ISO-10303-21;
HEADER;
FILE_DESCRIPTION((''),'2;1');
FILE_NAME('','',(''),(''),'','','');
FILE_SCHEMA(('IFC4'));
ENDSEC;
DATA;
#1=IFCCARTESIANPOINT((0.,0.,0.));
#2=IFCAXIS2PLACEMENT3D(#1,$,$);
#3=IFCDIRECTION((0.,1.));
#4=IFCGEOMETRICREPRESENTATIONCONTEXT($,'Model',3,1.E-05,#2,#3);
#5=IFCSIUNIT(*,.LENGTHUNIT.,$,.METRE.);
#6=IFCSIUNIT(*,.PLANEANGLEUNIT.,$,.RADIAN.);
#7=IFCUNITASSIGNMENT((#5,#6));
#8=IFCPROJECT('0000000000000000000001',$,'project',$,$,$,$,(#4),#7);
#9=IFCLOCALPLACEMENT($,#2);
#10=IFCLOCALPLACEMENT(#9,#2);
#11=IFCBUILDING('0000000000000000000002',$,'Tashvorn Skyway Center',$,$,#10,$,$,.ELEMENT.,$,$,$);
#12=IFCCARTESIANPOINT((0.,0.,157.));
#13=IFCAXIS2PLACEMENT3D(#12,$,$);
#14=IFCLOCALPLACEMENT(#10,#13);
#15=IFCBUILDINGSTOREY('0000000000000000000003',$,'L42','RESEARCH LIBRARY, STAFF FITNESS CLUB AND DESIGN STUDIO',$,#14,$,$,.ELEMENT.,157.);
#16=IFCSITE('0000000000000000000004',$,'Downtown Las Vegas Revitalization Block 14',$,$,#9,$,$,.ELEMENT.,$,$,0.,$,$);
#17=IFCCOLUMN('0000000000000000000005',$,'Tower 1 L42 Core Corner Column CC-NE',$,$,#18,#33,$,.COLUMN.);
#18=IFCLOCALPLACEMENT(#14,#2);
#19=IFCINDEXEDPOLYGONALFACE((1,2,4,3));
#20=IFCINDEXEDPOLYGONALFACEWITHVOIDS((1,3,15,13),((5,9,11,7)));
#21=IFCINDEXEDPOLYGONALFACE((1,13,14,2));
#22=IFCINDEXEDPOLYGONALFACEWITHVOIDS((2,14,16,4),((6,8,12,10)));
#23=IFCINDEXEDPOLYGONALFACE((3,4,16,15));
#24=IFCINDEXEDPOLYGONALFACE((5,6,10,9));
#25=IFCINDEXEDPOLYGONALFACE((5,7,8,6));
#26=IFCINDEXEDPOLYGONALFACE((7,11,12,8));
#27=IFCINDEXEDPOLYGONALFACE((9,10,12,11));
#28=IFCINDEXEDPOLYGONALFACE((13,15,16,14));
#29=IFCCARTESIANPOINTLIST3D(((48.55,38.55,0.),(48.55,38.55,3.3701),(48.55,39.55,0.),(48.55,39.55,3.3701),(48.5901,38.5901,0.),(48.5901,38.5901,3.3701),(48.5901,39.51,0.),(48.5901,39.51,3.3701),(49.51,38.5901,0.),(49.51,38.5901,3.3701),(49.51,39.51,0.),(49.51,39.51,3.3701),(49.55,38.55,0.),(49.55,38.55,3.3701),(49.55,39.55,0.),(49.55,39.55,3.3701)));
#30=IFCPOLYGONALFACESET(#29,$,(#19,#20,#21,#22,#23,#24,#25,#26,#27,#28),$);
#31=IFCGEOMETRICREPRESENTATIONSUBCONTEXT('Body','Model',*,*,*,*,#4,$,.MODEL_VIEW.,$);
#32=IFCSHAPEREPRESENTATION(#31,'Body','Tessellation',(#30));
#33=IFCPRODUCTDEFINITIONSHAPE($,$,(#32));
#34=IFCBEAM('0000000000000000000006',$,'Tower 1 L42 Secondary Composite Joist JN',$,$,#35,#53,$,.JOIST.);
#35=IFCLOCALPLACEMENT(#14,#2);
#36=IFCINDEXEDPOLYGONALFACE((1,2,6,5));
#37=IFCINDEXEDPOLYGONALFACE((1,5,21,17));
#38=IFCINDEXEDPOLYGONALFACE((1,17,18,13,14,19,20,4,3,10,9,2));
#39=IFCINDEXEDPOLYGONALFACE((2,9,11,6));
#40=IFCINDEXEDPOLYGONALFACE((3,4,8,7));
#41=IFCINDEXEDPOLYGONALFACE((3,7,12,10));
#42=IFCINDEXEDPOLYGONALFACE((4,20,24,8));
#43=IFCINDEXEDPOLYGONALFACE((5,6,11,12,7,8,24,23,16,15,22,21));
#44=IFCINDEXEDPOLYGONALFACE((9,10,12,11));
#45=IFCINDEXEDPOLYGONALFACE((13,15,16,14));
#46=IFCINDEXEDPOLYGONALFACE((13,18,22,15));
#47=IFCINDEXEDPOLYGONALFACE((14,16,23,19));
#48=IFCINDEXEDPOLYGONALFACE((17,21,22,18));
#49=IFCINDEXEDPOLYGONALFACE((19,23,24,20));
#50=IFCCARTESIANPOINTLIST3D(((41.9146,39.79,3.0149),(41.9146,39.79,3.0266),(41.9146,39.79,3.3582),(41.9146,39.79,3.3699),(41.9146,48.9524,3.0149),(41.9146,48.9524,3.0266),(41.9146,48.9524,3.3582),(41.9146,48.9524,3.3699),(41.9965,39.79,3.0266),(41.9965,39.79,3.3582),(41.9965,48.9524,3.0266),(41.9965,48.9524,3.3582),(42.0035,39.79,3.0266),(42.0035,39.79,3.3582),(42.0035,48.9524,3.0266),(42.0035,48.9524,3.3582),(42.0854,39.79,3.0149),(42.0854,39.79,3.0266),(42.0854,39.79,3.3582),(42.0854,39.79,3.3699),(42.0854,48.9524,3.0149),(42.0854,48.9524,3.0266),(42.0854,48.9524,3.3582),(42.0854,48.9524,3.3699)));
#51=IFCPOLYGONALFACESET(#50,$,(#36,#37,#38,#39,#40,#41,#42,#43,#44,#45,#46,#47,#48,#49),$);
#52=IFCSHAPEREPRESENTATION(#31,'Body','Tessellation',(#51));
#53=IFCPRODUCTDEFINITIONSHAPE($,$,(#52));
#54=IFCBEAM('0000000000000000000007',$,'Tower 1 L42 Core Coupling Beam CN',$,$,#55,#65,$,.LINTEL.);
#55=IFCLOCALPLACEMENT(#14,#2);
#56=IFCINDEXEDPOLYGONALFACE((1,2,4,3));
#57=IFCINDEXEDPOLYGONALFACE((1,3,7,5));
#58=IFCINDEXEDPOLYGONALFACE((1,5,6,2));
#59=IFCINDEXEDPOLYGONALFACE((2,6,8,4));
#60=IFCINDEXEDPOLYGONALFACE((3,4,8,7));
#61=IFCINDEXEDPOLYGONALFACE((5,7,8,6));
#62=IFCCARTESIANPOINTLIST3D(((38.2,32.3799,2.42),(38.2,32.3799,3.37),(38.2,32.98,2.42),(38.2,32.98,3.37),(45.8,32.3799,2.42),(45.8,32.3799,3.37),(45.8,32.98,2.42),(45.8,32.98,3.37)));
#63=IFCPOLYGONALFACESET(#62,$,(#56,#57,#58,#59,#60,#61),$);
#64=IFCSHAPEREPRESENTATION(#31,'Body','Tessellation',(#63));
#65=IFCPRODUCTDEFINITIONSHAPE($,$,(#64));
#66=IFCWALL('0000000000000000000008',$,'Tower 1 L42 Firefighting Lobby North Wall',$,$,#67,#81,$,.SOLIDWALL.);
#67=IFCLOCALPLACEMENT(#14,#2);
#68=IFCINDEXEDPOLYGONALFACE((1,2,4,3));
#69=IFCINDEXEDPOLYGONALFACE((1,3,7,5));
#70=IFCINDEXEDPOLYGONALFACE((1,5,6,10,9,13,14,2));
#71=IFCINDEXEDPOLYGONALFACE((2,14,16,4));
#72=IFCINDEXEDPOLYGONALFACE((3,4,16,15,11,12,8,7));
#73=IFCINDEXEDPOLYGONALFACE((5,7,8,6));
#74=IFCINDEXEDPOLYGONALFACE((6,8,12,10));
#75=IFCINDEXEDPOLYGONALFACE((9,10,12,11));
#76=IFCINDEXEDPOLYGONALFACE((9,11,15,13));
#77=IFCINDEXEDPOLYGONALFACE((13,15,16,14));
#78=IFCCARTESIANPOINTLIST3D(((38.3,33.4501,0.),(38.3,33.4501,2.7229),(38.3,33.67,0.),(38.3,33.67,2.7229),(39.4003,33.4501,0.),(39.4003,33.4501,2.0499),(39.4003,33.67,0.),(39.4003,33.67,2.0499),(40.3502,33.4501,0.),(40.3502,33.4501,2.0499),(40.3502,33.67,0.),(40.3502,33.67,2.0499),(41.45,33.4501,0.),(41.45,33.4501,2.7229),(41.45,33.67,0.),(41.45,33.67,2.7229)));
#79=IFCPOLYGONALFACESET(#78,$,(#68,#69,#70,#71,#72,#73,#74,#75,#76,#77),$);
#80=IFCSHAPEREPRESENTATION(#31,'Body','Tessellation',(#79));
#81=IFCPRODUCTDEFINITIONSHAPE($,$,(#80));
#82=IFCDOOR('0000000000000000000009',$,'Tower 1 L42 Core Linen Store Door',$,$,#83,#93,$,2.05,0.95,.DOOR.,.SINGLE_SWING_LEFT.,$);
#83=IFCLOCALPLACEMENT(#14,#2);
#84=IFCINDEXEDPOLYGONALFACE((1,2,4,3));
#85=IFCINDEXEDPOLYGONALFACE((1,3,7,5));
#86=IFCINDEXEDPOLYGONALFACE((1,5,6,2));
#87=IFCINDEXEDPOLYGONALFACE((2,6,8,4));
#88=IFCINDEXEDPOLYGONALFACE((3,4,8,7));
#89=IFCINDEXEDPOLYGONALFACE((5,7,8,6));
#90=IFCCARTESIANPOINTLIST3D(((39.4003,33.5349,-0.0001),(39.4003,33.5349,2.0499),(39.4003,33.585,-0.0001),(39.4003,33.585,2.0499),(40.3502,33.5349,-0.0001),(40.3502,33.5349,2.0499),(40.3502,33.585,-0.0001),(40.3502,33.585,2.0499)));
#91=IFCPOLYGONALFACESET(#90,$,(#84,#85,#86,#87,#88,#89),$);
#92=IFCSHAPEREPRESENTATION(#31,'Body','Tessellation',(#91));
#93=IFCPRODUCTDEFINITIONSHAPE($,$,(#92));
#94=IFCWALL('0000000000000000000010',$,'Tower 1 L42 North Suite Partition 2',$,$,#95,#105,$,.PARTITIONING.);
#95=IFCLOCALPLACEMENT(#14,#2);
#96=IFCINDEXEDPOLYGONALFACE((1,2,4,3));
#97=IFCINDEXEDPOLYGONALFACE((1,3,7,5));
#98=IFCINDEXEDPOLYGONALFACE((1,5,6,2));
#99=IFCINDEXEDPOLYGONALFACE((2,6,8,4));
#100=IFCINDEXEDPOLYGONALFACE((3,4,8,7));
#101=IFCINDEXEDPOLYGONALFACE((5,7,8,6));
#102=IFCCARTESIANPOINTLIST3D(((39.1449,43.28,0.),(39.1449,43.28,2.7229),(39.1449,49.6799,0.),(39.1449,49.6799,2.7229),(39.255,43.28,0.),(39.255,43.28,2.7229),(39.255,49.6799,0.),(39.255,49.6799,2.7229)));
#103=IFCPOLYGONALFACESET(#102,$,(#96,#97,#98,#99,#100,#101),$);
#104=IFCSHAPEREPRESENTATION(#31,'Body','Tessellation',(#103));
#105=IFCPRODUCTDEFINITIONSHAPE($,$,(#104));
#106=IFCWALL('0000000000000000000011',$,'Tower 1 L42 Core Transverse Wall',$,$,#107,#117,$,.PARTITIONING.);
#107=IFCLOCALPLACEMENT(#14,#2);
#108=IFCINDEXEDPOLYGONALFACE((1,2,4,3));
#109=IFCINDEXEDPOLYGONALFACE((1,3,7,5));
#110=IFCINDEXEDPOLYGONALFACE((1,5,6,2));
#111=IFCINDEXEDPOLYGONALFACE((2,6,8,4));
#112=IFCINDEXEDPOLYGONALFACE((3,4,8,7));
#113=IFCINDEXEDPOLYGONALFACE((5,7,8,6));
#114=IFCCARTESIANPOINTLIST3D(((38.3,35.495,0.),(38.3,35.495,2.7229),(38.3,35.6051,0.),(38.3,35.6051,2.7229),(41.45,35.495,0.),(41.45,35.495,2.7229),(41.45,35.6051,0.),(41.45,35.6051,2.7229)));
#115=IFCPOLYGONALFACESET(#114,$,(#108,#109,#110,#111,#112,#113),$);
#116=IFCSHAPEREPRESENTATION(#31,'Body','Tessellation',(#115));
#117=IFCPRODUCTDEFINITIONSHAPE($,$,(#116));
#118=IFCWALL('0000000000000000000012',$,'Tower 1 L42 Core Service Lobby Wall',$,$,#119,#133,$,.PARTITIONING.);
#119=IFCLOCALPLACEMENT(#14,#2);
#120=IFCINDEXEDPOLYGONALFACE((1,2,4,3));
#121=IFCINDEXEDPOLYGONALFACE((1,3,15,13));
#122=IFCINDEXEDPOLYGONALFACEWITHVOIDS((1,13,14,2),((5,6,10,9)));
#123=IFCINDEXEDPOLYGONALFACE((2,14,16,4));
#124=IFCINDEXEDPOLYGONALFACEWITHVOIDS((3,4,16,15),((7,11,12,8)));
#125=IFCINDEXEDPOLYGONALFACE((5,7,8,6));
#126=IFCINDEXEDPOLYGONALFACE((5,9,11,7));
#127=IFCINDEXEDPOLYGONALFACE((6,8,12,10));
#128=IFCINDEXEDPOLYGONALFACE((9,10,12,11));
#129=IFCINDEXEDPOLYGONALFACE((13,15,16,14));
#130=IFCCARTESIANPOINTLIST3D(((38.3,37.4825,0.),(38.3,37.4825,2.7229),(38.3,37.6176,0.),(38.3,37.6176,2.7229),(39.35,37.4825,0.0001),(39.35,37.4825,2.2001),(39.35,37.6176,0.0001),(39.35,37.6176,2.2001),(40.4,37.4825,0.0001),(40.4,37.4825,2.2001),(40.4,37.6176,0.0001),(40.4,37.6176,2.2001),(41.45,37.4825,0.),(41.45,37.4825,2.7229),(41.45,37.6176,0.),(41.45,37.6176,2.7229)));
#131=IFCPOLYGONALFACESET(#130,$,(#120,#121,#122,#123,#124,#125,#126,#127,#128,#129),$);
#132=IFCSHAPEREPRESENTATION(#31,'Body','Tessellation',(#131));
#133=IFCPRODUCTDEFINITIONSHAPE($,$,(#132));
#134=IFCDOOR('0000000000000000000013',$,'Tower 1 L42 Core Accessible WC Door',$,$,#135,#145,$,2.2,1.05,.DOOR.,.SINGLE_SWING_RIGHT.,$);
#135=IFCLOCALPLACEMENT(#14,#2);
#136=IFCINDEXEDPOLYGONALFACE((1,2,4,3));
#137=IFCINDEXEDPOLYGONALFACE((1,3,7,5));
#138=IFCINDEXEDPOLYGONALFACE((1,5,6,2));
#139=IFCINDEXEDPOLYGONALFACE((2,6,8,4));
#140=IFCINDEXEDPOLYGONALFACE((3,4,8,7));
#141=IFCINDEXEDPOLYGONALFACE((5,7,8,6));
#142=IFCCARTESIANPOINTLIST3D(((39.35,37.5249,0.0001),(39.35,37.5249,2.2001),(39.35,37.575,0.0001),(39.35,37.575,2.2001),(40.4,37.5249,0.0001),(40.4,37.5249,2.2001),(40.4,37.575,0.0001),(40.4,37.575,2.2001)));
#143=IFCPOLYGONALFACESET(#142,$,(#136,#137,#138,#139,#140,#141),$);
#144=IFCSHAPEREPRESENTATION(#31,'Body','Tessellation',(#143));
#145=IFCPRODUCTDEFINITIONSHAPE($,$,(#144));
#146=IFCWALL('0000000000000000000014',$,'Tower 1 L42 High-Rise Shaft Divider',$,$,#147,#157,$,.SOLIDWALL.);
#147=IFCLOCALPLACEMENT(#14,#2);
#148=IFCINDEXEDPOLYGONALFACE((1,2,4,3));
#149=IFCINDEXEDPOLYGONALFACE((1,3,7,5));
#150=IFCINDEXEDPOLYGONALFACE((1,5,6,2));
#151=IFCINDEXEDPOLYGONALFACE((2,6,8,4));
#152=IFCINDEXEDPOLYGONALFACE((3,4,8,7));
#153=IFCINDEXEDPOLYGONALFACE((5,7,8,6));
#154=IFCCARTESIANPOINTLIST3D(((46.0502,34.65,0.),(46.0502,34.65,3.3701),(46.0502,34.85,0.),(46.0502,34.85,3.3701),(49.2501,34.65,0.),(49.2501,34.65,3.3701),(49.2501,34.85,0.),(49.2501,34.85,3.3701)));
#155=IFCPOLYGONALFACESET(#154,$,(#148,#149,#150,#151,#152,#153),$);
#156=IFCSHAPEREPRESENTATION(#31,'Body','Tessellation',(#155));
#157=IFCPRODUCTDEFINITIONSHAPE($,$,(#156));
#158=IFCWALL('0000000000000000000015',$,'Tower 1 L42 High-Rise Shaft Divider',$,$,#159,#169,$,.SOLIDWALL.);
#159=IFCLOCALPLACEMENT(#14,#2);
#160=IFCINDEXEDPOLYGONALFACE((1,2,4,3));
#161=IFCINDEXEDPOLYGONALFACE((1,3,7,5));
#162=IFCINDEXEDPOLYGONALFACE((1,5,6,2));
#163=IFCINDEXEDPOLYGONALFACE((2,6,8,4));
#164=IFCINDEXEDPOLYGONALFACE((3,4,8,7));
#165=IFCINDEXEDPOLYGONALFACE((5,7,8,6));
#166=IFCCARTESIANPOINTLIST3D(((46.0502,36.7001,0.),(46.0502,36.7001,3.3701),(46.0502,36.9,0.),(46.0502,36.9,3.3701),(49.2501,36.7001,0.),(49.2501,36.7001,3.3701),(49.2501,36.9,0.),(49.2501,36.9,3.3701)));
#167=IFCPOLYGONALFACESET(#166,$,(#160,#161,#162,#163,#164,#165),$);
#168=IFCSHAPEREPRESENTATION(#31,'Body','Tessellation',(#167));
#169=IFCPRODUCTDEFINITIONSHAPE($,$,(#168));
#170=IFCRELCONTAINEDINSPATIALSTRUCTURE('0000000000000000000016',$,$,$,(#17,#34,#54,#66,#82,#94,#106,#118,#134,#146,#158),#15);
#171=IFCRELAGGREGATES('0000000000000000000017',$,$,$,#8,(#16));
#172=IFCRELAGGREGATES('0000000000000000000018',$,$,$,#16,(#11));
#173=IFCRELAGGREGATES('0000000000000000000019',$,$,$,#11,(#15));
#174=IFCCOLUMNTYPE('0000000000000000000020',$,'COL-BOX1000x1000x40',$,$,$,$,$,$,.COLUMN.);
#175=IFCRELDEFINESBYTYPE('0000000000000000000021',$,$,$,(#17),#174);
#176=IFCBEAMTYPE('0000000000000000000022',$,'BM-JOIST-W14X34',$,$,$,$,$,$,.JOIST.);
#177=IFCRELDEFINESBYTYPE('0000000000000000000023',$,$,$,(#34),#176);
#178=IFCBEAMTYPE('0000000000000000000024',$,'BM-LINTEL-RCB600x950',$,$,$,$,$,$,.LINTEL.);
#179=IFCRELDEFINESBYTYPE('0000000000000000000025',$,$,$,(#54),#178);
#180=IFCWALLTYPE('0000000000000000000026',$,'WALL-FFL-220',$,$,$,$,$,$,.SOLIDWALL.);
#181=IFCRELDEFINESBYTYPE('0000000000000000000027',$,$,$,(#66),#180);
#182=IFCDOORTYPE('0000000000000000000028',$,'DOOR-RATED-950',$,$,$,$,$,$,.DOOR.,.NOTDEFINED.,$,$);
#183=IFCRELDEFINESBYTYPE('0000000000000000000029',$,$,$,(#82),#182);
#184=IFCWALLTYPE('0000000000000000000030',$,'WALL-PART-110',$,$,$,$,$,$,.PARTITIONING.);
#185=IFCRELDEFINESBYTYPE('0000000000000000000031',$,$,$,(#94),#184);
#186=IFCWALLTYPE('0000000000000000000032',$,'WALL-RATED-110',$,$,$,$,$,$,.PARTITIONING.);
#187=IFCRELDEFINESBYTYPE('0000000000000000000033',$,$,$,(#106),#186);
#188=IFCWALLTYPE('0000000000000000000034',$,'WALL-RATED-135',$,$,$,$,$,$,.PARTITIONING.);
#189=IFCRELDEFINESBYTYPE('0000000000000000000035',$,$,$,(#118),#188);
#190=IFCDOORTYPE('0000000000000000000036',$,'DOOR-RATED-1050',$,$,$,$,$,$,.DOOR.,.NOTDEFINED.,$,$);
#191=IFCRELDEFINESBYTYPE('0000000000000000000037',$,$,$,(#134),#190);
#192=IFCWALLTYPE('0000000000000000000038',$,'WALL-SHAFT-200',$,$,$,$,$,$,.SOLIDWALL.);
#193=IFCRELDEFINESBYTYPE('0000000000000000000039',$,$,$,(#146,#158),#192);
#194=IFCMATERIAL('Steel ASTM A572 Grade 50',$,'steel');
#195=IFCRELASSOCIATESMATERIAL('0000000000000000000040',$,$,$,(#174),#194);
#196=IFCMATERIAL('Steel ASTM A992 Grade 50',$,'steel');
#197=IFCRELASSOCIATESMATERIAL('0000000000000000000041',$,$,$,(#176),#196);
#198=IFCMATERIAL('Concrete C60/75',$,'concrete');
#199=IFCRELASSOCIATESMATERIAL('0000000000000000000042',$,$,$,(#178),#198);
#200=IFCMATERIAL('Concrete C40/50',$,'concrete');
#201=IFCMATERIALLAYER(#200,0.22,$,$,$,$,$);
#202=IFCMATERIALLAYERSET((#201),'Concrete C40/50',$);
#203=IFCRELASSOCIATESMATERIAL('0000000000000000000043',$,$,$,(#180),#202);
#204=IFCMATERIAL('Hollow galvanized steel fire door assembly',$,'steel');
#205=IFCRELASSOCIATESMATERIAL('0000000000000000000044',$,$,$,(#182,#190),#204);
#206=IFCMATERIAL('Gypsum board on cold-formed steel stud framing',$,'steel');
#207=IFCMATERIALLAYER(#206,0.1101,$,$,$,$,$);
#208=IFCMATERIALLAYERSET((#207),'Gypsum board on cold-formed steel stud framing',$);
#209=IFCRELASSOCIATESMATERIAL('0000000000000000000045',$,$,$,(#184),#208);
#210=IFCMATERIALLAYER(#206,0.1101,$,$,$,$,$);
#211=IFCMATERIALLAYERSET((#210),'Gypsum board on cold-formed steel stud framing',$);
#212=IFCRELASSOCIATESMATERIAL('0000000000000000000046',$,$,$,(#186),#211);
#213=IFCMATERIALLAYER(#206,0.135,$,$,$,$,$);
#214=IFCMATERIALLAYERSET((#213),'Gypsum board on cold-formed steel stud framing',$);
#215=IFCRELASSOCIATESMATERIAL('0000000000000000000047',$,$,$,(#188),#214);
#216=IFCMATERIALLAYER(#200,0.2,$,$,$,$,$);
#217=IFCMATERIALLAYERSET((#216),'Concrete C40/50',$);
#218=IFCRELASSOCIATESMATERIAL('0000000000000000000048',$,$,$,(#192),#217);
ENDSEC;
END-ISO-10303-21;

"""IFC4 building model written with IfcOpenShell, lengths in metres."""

from ifc_helpers import new_model, si_unit, direction, frame, frame_2d, origin, origin_2d, place, context, subcontext, project, spatial, rectangle, hollow_rectangle, i_section, extrude, material, layer, layer_set, material_profile, profile_set, type_object, element, fill, save


model = new_model("IFC4")

# Units and contexts
model_context = context("Model", 3, precision=1e-05, world=origin(), true_north=direction((0.0, 1.0)))
body_context = subcontext(model_context, "Body", "Model", "MODEL_VIEW")
ifc_project = project(units=[si_unit("LENGTHUNIT", "METRE"), si_unit("PLANEANGLEUNIT", "RADIAN")], contexts=[model_context])

# Site, building, storey
site_placement = place(None, origin())
site = spatial("IfcSite", under=ifc_project, at=site_placement, Name="Downtown Las Vegas Revitalization Block 14", CompositionType="ELEMENT", RefElevation=0.0)
building_placement = place(site_placement, origin())
building = spatial("IfcBuilding", under=site, at=building_placement, Name="Tashvorn Skyway Center", CompositionType="ELEMENT")
storey_placement = place(building_placement, frame((0.0, 0.0, 157.0)))
storey = spatial("IfcBuildingStorey", under=building, at=storey_placement, Name="L42", Description="RESEARCH LIBRARY, STAFF FITNESS CLUB AND DESIGN STUDIO", CompositionType="ELEMENT", Elevation=157.0)

# Column
ifc_material_1 = material(Name="Steel ASTM A572 Grade 50", Category="steel")
ifc_material_profile_1 = material_profile(ifc_material_1, hollow_rectangle(XDim=1.0, YDim=1.0, WallThickness=0.04, at=origin_2d()), Name="BOX1000x1000x40")
ifc_profile_set_1 = profile_set([ifc_material_profile_1], Name="Steel ASTM A572 Grade 50")
column_type = type_object("IfcColumnType", Name="COL-BOX1000x1000x40", PredefinedType="COLUMN", material=ifc_profile_set_1)
column_placement = place(storey_placement, frame((49.05, 39.05, 0.0), z_axis=(0.0, 0.0, 1.0), x_axis=(1.0, 0.0, 0.0)))
element("IfcColumn", 1, at=column_placement, inside=storey, type_object=column_type, Name="Tower 1 L42 Core Corner Column CC-NE", PredefinedType="COLUMN", context=body_context, shape_type="SweptSolid", body=[
    extrude(hollow_rectangle(XDim=1.0, YDim=1.0, WallThickness=0.04, at=origin_2d()), origin(), (0.0, 0.0, 1.0), 3.3701),
])

# Beams
ifc_material_2 = material(Name="Steel ASTM A992 Grade 50", Category="steel")
ifc_material_profile_2 = material_profile(ifc_material_2, i_section(OverallWidth=0.1709, OverallDepth=0.355, WebThickness=0.0071, FlangeThickness=0.0117, at=origin_2d()), Name="W14X34")
ifc_profile_set_2 = profile_set([ifc_material_profile_2], Name="Steel ASTM A992 Grade 50")
beam_type_1 = type_object("IfcBeamType", Name="BM-JOIST-W14X34", PredefinedType="JOIST", material=ifc_profile_set_2)
beam_1_placement = place(storey_placement, frame((42.0, 39.79, 3.1924), z_axis=(0.0, 1.0, 0.0), x_axis=(-1.0, 0.0, 0.0)))
element("IfcBeam", 2, at=beam_1_placement, inside=storey, type_object=beam_type_1, Name="Tower 1 L42 Secondary Composite Joist JN", PredefinedType="JOIST", context=body_context, shape_type="SweptSolid", body=[
    extrude(i_section(OverallWidth=0.1709, OverallDepth=0.355, WebThickness=0.0071, FlangeThickness=0.0117, at=origin_2d()), origin(), (0.0, 0.0, 1.0), 9.1624),
])
ifc_material_3 = material(Name="Concrete C60/75", Category="concrete")
ifc_material_profile_3 = material_profile(ifc_material_3, rectangle(XDim=0.6001, YDim=0.95, at=origin_2d()), Name="RCB600x950")
ifc_profile_set_3 = profile_set([ifc_material_profile_3], Name="Concrete C60/75")
beam_type_2 = type_object("IfcBeamType", Name="BM-LINTEL-RCB600x950", PredefinedType="LINTEL", material=ifc_profile_set_3)
beam_2_placement = place(storey_placement, frame((38.2, 32.6799, 2.895), z_axis=(1.0, 0.0, 0.0), x_axis=(0.0, 1.0, 0.0)))
element("IfcBeam", 3, at=beam_2_placement, inside=storey, type_object=beam_type_2, Name="Tower 1 L42 Core Coupling Beam CN", PredefinedType="LINTEL", context=body_context, shape_type="SweptSolid", body=[
    extrude(rectangle(XDim=0.6001, YDim=0.95, at=origin_2d()), origin(), (0.0, 0.0, 1.0), 7.6001),
])

# Wall, opening, door
ifc_material_4 = material(Name="Concrete C40/50", Category="concrete")
ifc_layer_1 = layer(ifc_material_4, 0.22)
ifc_layer_set_1 = layer_set([ifc_layer_1], Name="Concrete C40/50")
wall_type_1 = type_object("IfcWallType", Name="WALL-FFL-220", PredefinedType="SOLIDWALL", material=ifc_layer_set_1)
wall_1_placement = place(storey_placement, frame((38.3, 33.5601, 0.0), z_axis=(0.0, 0.0, 1.0), x_axis=(1.0, 0.0, 0.0)))
wall_1 = element("IfcWall", 4, at=wall_1_placement, inside=storey, type_object=wall_type_1, Name="Tower 1 L42 Firefighting Lobby North Wall", PredefinedType="SOLIDWALL", context=body_context, shape_type="SweptSolid", body=[
    extrude(rectangle(XDim=3.1499, YDim=0.22, at=frame_2d((1.575, 0.0))), origin(), (0.0, 0.0, 1.0), 2.7229),
])
opening_1_placement = place(wall_1_placement, frame((1.1001, 0.0, 0.0)))
opening_1 = element("IfcOpeningElement", 5, at=opening_1_placement, cuts=wall_1, PredefinedType="OPENING", context=body_context, shape_type="SweptSolid", body=[
    extrude(rectangle(XDim=0.95, YDim=2.05, at=frame_2d((0.4751, 1.0249))), frame((0.0, 0.1199, 0.0), z_axis=(0.0, -1.0, 0.0), x_axis=(1.0, 0.0, 0.0)), (0.0, 0.0, 1.0), 0.24),
])
ifc_material_5 = material(Name="Hollow galvanized steel fire door assembly", Category="steel")
door_type_1 = type_object("IfcDoorType", Name="DOOR-RATED-950", OperationType="NOTDEFINED", PredefinedType="DOOR", material=ifc_material_5)
door_1_placement = place(opening_1_placement, origin())
door_1 = element("IfcDoor", 6, at=door_1_placement, inside=storey, type_object=door_type_1, Name="Tower 1 L42 Core Linen Store Door", OperationType="SINGLE_SWING_LEFT", OverallHeight=2.05, OverallWidth=0.95, PredefinedType="DOOR", context=body_context, shape_type="SweptSolid", body=[
    extrude(rectangle(XDim=0.95, YDim=2.05, at=frame_2d((0.4751, 1.0249))), frame((0.0, 0.0249, 0.0), z_axis=(0.0, -1.0, 0.0), x_axis=(1.0, 0.0, 0.0)), (0.0, 0.0, 1.0), 0.05),
])
fill(opening_1, door_1)

# Walls
ifc_material_6 = material(Name="Gypsum board on cold-formed steel stud framing", Category="steel")
ifc_layer_2 = layer(ifc_material_6, 0.1101)
ifc_layer_set_2 = layer_set([ifc_layer_2], Name="Gypsum board on cold-formed steel stud framing")
wall_type_2 = type_object("IfcWallType", Name="WALL-PART-110", PredefinedType="PARTITIONING", material=ifc_layer_set_2)
wall_2_placement = place(storey_placement, frame((39.2, 43.28, 0.0), z_axis=(0.0, 0.0, 1.0), x_axis=(0.0, 1.0, 0.0)))
element("IfcWall", 7, at=wall_2_placement, inside=storey, type_object=wall_type_2, Name="Tower 1 L42 North Suite Partition 2", PredefinedType="PARTITIONING", context=body_context, shape_type="SweptSolid", body=[
    extrude(rectangle(XDim=6.3999, YDim=0.1101, at=frame_2d((3.2, 0.0))), origin(), (0.0, 0.0, 1.0), 2.7229),
])
ifc_layer_3 = layer(ifc_material_6, 0.1101)
ifc_layer_set_3 = layer_set([ifc_layer_3], Name="Gypsum board on cold-formed steel stud framing")
wall_type_3 = type_object("IfcWallType", Name="WALL-RATED-110", PredefinedType="PARTITIONING", material=ifc_layer_set_3)
wall_3_placement = place(storey_placement, frame((38.3, 35.55, 0.0), z_axis=(0.0, 0.0, 1.0), x_axis=(1.0, 0.0, 0.0)))
element("IfcWall", 8, at=wall_3_placement, inside=storey, type_object=wall_type_3, Name="Tower 1 L42 Core Transverse Wall", PredefinedType="PARTITIONING", context=body_context, shape_type="SweptSolid", body=[
    extrude(rectangle(XDim=3.1499, YDim=0.1101, at=frame_2d((1.575, 0.0))), origin(), (0.0, 0.0, 1.0), 2.7229),
])

# Wall, opening, door
ifc_layer_4 = layer(ifc_material_6, 0.135)
ifc_layer_set_4 = layer_set([ifc_layer_4], Name="Gypsum board on cold-formed steel stud framing")
wall_type_4 = type_object("IfcWallType", Name="WALL-RATED-135", PredefinedType="PARTITIONING", material=ifc_layer_set_4)
wall_4_placement = place(storey_placement, frame((38.3, 37.55, 0.0), z_axis=(0.0, 0.0, 1.0), x_axis=(1.0, 0.0, 0.0)))
wall_4 = element("IfcWall", 9, at=wall_4_placement, inside=storey, type_object=wall_type_4, Name="Tower 1 L42 Core Service Lobby Wall", PredefinedType="PARTITIONING", context=body_context, shape_type="SweptSolid", body=[
    extrude(rectangle(XDim=3.1499, YDim=0.135, at=frame_2d((1.575, 0.0))), origin(), (0.0, 0.0, 1.0), 2.7229),
])
opening_2_placement = place(wall_4_placement, frame((1.05, 0.0, 0.0)))
opening_2 = element("IfcOpeningElement", 10, at=opening_2_placement, cuts=wall_4, PredefinedType="OPENING", context=body_context, shape_type="SweptSolid", body=[
    extrude(rectangle(XDim=1.05, YDim=2.2, at=frame_2d((0.5249, 1.1001))), frame((0.0, 0.0774, 0.0), z_axis=(0.0, -1.0, 0.0), x_axis=(1.0, 0.0, 0.0)), (0.0, 0.0, 1.0), 0.155),
])
door_type_2 = type_object("IfcDoorType", Name="DOOR-RATED-1050", OperationType="NOTDEFINED", PredefinedType="DOOR", material=ifc_material_5)
door_2_placement = place(opening_2_placement, origin())
door_2 = element("IfcDoor", 11, at=door_2_placement, inside=storey, type_object=door_type_2, Name="Tower 1 L42 Core Accessible WC Door", OperationType="SINGLE_SWING_RIGHT", OverallHeight=2.2, OverallWidth=1.05, PredefinedType="DOOR", context=body_context, shape_type="SweptSolid", body=[
    extrude(rectangle(XDim=1.05, YDim=2.2, at=frame_2d((0.5249, 1.1001))), frame((0.0, 0.0249, 0.0), z_axis=(0.0, -1.0, 0.0), x_axis=(1.0, 0.0, 0.0)), (0.0, 0.0, 1.0), 0.05),
])
fill(opening_2, door_2)

# Walls
ifc_layer_5 = layer(ifc_material_4, 0.2)
ifc_layer_set_5 = layer_set([ifc_layer_5], Name="Concrete C40/50")
wall_type_5 = type_object("IfcWallType", Name="WALL-SHAFT-200", PredefinedType="SOLIDWALL", material=ifc_layer_set_5)
for number, where, z_axis, x_axis, name in (
    (12, (46.05, 34.75, 0.0), (0.0, 0.0, 1.0), (1.0, 0.0, 0.0), "Tower 1 L42 High-Rise Shaft Divider"),
    (13, (46.05, 36.8, 0.0), (0.0, 0.0, 1.0), (1.0, 0.0, 0.0), "Tower 1 L42 High-Rise Shaft Divider"),
):
    element("IfcWall", number, at=place(storey_placement, frame(where, z_axis=z_axis, x_axis=x_axis)), inside=storey, type_object=wall_type_5, Name=name, PredefinedType="SOLIDWALL", context=body_context, shape_type="SweptSolid", body=[
        extrude(rectangle(XDim=3.2, YDim=0.2, at=frame_2d((1.6001, 0.0))), origin(), (0.0, 0.0, 1.0), 3.3701),
    ])

save(model, "model.ifc")
